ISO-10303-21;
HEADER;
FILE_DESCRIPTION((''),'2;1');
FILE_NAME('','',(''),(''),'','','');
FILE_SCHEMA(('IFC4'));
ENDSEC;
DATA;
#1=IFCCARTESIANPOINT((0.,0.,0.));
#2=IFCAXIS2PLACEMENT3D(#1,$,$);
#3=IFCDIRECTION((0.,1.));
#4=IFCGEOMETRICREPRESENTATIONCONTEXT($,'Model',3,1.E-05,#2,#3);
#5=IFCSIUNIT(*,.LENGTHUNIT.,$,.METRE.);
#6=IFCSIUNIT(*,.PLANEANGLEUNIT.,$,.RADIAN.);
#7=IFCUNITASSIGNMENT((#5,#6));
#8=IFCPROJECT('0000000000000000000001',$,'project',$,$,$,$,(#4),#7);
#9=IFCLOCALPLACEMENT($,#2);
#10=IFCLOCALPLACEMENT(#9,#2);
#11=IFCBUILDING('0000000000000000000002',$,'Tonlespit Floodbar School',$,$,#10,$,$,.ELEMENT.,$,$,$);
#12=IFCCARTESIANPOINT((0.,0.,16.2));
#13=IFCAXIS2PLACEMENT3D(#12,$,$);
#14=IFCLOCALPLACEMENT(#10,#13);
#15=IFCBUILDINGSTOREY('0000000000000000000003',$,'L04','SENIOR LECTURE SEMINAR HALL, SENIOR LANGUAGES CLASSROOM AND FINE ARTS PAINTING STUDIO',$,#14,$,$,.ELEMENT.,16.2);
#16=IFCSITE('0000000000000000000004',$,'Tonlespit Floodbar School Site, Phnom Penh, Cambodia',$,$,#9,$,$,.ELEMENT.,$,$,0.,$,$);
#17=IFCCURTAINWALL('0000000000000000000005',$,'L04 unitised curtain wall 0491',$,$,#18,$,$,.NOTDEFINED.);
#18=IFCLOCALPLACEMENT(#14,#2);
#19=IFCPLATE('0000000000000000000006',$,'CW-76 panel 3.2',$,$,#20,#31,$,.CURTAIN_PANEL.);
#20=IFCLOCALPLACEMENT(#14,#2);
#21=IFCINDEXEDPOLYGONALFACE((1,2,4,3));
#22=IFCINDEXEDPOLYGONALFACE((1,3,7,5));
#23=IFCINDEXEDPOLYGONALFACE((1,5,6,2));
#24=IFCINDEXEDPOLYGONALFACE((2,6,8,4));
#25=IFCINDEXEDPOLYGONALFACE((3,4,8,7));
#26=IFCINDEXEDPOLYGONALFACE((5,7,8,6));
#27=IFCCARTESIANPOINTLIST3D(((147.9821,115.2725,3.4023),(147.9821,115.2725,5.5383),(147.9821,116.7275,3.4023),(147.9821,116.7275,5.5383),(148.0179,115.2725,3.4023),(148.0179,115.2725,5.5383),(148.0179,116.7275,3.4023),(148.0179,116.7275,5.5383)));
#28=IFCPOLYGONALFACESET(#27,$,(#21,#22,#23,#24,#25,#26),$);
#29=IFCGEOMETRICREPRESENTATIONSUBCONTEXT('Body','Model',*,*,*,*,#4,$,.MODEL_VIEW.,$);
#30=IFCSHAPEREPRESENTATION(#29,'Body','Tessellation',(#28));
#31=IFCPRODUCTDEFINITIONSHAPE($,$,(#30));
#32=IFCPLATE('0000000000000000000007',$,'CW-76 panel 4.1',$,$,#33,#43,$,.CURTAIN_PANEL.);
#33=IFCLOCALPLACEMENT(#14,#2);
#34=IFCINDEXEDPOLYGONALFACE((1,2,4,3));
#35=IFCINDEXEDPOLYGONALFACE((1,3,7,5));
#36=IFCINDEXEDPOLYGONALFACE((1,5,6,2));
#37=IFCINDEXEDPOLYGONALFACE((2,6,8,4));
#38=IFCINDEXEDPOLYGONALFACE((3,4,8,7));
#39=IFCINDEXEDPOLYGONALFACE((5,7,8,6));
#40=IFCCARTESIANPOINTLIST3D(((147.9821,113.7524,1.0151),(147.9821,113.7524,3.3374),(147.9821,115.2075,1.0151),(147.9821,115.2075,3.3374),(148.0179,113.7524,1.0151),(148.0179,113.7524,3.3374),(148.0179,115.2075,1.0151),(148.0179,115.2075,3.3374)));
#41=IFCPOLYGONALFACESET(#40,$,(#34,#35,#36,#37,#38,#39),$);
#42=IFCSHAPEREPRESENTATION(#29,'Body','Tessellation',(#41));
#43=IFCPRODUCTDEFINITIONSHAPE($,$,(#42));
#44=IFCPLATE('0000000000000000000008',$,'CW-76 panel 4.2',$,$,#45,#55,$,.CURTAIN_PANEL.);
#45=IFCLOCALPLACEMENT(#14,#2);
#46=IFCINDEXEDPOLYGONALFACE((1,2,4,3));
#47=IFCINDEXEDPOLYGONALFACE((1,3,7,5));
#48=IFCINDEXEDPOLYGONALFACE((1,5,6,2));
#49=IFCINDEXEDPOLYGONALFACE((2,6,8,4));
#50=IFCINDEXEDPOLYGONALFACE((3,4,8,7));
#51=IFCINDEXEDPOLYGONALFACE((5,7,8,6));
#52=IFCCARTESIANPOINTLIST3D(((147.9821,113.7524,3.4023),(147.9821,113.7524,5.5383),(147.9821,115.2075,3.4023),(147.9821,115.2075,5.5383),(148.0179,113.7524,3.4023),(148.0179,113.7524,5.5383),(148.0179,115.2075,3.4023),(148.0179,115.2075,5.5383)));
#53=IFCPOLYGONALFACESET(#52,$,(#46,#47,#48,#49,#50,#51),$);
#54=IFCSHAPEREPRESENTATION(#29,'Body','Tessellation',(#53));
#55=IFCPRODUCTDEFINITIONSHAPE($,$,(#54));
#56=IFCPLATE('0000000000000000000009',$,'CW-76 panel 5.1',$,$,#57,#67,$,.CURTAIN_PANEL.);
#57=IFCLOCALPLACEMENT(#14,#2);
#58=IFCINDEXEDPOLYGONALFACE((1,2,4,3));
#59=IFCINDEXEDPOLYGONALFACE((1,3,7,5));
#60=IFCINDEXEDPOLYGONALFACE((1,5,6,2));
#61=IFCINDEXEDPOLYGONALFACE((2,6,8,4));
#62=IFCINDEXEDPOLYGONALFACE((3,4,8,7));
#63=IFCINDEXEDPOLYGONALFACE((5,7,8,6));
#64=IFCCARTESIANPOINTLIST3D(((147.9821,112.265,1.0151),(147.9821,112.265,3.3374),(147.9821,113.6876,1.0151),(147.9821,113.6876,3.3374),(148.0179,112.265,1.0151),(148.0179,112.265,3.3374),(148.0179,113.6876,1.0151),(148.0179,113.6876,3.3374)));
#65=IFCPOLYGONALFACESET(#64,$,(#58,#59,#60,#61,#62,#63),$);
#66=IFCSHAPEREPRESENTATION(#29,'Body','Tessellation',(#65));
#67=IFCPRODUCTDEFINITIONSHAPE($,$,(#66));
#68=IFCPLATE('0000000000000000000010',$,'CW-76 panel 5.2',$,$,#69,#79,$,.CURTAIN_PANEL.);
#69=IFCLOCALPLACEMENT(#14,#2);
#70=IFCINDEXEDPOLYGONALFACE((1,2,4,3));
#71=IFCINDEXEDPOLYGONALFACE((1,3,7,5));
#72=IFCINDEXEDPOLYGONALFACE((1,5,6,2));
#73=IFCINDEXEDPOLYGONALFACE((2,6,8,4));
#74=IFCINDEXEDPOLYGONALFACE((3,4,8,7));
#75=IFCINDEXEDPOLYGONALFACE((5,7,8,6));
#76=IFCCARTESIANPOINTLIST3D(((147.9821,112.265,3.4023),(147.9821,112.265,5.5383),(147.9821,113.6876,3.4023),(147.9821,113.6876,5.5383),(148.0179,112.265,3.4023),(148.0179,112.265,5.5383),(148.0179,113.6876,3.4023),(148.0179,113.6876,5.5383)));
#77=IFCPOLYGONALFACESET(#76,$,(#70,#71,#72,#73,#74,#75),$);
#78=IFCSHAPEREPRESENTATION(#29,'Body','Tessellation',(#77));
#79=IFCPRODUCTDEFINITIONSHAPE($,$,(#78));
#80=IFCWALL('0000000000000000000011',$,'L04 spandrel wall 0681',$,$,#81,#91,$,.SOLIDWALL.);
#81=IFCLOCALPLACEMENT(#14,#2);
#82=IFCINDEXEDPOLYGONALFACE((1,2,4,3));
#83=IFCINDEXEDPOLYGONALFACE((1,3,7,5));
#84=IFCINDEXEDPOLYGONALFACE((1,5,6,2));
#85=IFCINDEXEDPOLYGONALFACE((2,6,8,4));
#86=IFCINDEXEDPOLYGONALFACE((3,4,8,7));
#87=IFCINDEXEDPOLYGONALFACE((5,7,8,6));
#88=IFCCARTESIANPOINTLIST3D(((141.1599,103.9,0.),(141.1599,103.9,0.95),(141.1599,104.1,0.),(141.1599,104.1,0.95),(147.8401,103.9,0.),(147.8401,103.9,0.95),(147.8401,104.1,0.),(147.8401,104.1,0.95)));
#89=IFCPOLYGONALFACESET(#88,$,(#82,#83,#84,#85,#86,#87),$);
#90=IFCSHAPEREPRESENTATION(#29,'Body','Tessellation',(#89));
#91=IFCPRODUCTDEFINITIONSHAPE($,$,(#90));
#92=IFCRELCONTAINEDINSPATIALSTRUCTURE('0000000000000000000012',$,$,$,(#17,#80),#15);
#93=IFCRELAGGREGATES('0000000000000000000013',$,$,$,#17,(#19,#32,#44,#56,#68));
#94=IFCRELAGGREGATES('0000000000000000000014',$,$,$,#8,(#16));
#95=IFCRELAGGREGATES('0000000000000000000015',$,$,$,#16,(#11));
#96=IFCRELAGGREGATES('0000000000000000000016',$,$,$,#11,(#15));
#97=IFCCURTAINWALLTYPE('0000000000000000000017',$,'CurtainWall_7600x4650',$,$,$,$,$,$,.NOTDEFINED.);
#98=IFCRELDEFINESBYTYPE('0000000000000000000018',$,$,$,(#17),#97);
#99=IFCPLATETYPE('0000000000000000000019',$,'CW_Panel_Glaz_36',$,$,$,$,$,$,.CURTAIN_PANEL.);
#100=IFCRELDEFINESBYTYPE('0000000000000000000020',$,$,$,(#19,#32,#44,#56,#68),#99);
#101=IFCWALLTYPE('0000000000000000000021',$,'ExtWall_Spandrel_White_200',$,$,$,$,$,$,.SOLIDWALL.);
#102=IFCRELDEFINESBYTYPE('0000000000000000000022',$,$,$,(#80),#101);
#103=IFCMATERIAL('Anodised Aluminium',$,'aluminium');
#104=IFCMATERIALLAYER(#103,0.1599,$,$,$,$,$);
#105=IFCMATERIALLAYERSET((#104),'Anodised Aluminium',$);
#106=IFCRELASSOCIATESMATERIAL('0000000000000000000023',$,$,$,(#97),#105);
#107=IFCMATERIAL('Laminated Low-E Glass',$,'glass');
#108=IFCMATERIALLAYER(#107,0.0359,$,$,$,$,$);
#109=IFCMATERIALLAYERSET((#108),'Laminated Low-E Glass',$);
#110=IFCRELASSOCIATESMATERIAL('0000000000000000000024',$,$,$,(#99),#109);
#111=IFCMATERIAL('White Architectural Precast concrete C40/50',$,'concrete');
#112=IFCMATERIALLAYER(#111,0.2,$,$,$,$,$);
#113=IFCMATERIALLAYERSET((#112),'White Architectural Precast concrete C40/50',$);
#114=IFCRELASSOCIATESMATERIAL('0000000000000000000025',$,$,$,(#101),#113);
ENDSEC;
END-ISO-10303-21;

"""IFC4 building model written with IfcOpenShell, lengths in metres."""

from ifc_helpers import new_model, si_unit, direction, frame, frame_2d, origin, origin_2d, place, context, subcontext, project, spatial, rectangle, extrude, material, layer, layer_set, type_object, element, aggregate, save


model = new_model("IFC4")

# Units and contexts
model_context = context("Model", 3, precision=1e-05, world=origin(), true_north=direction((0.0, 1.0)))
body_context = subcontext(model_context, "Body", "Model", "MODEL_VIEW")
ifc_project = project(units=[si_unit("LENGTHUNIT", "METRE"), si_unit("PLANEANGLEUNIT", "RADIAN")], contexts=[model_context])

# Site, building, storey
site_placement = place(None, origin())
site = spatial("IfcSite", under=ifc_project, at=site_placement, Name="Tonlespit Floodbar School Site, Phnom Penh, Cambodia", CompositionType="ELEMENT", RefElevation=0.0)
building_placement = place(site_placement, origin())
building = spatial("IfcBuilding", under=site, at=building_placement, Name="Tonlespit Floodbar School", CompositionType="ELEMENT")
storey_placement = place(building_placement, frame((0.0, 0.0, 16.2)))
storey = spatial("IfcBuildingStorey", under=building, at=storey_placement, Name="L04", Description="SENIOR LECTURE SEMINAR HALL, SENIOR LANGUAGES CLASSROOM AND FINE ARTS PAINTING STUDIO", CompositionType="ELEMENT", Elevation=16.2)

# Shared definitions
ifc_material_1 = material(Name="Anodised Aluminium", Category="aluminium")

# Curtain wall, plates
ifc_layer_1 = layer(ifc_material_1, 0.1599)
ifc_layer_set_1 = layer_set([ifc_layer_1], Name="Anodised Aluminium")
curtain_wall_type_1 = type_object("IfcCurtainWallType", Name="CurtainWall_7600x4650", PredefinedType="NOTDEFINED", material=ifc_layer_set_1)
curtain_wall_1_placement = place(storey_placement, origin())
curtain_wall_1 = element("IfcCurtainWall", 1, at=curtain_wall_1_placement, inside=storey, type_object=curtain_wall_type_1, Name="L04 unitised curtain wall 0491", PredefinedType="NOTDEFINED")
ifc_material_2 = material(Name="Laminated Low-E Glass", Category="glass")
ifc_layer_2 = layer(ifc_material_2, 0.0359)
ifc_layer_set_2 = layer_set([ifc_layer_2], Name="Laminated Low-E Glass")
plate_type = type_object("IfcPlateType", Name="CW_Panel_Glaz_36", PredefinedType="CURTAIN_PANEL", material=ifc_layer_set_2)
plate_1_placement = place(storey_placement, frame((148.0, 116.0, 3.4023), z_axis=(0.0, 0.0, 1.0), x_axis=(0.0, -1.0, 0.0)))
plate_1 = element("IfcPlate", 2, at=plate_1_placement, type_object=plate_type, Name="CW-76 panel 3.2", PredefinedType="CURTAIN_PANEL", context=body_context, shape_type="SweptSolid", body=[
    extrude(rectangle(XDim=1.4551, YDim=0.0359, at=origin_2d()), origin(), (0.0, 0.0, 1.0), 2.136),
])
plate_2_placement = place(storey_placement, frame((148.0, 114.48, 1.0151), z_axis=(0.0, 0.0, 1.0), x_axis=(0.0, -1.0, 0.0)))
plate_2 = element("IfcPlate", 3, at=plate_2_placement, type_object=plate_type, Name="CW-76 panel 4.1", PredefinedType="CURTAIN_PANEL", context=body_context, shape_type="SweptSolid", body=[
    extrude(rectangle(XDim=1.4551, YDim=0.0359, at=origin_2d()), origin(), (0.0, 0.0, 1.0), 2.3223),
])
plate_3_placement = place(storey_placement, frame((148.0, 114.48, 3.4023), z_axis=(0.0, 0.0, 1.0), x_axis=(0.0, -1.0, 0.0)))
plate_3 = element("IfcPlate", 4, at=plate_3_placement, type_object=plate_type, Name="CW-76 panel 4.2", PredefinedType="CURTAIN_PANEL", context=body_context, shape_type="SweptSolid", body=[
    extrude(rectangle(XDim=1.4551, YDim=0.0359, at=origin_2d()), origin(), (0.0, 0.0, 1.0), 2.136),
])
plate_4_placement = place(storey_placement, frame((148.0, 112.9763, 1.0151), z_axis=(0.0, 0.0, 1.0), x_axis=(0.0, -1.0, 0.0)))
plate_4 = element("IfcPlate", 5, at=plate_4_placement, type_object=plate_type, Name="CW-76 panel 5.1", PredefinedType="CURTAIN_PANEL", context=body_context, shape_type="SweptSolid", body=[
    extrude(rectangle(XDim=1.4226, YDim=0.0359, at=origin_2d()), origin(), (0.0, 0.0, 1.0), 2.3223),
])
plate_5_placement = place(storey_placement, frame((148.0, 112.9763, 3.4023), z_axis=(0.0, 0.0, 1.0), x_axis=(0.0, -1.0, 0.0)))
plate_5 = element("IfcPlate", 6, at=plate_5_placement, type_object=plate_type, Name="CW-76 panel 5.2", PredefinedType="CURTAIN_PANEL", context=body_context, shape_type="SweptSolid", body=[
    extrude(rectangle(XDim=1.4226, YDim=0.0359, at=origin_2d()), origin(), (0.0, 0.0, 1.0), 2.136),
])
aggregate(curtain_wall_1, [plate_1, plate_2, plate_3, plate_4, plate_5])

# Wall
ifc_material_3 = material(Name="White Architectural Precast concrete C40/50", Category="concrete")
ifc_layer_3 = layer(ifc_material_3, 0.2)
ifc_layer_set_3 = layer_set([ifc_layer_3], Name="White Architectural Precast concrete C40/50")
wall_type_1 = type_object("IfcWallType", Name="ExtWall_Spandrel_White_200", PredefinedType="SOLIDWALL", material=ifc_layer_set_3)
wall_1_placement = place(storey_placement, frame((147.8401, 104.0, 0.0), z_axis=(0.0, 0.0, 1.0), x_axis=(-1.0, 0.0, 0.0)))
element("IfcWall", 7, at=wall_1_placement, inside=storey, type_object=wall_type_1, Name="L04 spandrel wall 0681", PredefinedType="SOLIDWALL", context=body_context, shape_type="SweptSolid", body=[
    extrude(rectangle(XDim=6.6802, YDim=0.2, at=frame_2d((3.3401, 0.0))), origin(), (0.0, 0.0, 1.0), 0.95),
])

save(model, "model.ifc")
